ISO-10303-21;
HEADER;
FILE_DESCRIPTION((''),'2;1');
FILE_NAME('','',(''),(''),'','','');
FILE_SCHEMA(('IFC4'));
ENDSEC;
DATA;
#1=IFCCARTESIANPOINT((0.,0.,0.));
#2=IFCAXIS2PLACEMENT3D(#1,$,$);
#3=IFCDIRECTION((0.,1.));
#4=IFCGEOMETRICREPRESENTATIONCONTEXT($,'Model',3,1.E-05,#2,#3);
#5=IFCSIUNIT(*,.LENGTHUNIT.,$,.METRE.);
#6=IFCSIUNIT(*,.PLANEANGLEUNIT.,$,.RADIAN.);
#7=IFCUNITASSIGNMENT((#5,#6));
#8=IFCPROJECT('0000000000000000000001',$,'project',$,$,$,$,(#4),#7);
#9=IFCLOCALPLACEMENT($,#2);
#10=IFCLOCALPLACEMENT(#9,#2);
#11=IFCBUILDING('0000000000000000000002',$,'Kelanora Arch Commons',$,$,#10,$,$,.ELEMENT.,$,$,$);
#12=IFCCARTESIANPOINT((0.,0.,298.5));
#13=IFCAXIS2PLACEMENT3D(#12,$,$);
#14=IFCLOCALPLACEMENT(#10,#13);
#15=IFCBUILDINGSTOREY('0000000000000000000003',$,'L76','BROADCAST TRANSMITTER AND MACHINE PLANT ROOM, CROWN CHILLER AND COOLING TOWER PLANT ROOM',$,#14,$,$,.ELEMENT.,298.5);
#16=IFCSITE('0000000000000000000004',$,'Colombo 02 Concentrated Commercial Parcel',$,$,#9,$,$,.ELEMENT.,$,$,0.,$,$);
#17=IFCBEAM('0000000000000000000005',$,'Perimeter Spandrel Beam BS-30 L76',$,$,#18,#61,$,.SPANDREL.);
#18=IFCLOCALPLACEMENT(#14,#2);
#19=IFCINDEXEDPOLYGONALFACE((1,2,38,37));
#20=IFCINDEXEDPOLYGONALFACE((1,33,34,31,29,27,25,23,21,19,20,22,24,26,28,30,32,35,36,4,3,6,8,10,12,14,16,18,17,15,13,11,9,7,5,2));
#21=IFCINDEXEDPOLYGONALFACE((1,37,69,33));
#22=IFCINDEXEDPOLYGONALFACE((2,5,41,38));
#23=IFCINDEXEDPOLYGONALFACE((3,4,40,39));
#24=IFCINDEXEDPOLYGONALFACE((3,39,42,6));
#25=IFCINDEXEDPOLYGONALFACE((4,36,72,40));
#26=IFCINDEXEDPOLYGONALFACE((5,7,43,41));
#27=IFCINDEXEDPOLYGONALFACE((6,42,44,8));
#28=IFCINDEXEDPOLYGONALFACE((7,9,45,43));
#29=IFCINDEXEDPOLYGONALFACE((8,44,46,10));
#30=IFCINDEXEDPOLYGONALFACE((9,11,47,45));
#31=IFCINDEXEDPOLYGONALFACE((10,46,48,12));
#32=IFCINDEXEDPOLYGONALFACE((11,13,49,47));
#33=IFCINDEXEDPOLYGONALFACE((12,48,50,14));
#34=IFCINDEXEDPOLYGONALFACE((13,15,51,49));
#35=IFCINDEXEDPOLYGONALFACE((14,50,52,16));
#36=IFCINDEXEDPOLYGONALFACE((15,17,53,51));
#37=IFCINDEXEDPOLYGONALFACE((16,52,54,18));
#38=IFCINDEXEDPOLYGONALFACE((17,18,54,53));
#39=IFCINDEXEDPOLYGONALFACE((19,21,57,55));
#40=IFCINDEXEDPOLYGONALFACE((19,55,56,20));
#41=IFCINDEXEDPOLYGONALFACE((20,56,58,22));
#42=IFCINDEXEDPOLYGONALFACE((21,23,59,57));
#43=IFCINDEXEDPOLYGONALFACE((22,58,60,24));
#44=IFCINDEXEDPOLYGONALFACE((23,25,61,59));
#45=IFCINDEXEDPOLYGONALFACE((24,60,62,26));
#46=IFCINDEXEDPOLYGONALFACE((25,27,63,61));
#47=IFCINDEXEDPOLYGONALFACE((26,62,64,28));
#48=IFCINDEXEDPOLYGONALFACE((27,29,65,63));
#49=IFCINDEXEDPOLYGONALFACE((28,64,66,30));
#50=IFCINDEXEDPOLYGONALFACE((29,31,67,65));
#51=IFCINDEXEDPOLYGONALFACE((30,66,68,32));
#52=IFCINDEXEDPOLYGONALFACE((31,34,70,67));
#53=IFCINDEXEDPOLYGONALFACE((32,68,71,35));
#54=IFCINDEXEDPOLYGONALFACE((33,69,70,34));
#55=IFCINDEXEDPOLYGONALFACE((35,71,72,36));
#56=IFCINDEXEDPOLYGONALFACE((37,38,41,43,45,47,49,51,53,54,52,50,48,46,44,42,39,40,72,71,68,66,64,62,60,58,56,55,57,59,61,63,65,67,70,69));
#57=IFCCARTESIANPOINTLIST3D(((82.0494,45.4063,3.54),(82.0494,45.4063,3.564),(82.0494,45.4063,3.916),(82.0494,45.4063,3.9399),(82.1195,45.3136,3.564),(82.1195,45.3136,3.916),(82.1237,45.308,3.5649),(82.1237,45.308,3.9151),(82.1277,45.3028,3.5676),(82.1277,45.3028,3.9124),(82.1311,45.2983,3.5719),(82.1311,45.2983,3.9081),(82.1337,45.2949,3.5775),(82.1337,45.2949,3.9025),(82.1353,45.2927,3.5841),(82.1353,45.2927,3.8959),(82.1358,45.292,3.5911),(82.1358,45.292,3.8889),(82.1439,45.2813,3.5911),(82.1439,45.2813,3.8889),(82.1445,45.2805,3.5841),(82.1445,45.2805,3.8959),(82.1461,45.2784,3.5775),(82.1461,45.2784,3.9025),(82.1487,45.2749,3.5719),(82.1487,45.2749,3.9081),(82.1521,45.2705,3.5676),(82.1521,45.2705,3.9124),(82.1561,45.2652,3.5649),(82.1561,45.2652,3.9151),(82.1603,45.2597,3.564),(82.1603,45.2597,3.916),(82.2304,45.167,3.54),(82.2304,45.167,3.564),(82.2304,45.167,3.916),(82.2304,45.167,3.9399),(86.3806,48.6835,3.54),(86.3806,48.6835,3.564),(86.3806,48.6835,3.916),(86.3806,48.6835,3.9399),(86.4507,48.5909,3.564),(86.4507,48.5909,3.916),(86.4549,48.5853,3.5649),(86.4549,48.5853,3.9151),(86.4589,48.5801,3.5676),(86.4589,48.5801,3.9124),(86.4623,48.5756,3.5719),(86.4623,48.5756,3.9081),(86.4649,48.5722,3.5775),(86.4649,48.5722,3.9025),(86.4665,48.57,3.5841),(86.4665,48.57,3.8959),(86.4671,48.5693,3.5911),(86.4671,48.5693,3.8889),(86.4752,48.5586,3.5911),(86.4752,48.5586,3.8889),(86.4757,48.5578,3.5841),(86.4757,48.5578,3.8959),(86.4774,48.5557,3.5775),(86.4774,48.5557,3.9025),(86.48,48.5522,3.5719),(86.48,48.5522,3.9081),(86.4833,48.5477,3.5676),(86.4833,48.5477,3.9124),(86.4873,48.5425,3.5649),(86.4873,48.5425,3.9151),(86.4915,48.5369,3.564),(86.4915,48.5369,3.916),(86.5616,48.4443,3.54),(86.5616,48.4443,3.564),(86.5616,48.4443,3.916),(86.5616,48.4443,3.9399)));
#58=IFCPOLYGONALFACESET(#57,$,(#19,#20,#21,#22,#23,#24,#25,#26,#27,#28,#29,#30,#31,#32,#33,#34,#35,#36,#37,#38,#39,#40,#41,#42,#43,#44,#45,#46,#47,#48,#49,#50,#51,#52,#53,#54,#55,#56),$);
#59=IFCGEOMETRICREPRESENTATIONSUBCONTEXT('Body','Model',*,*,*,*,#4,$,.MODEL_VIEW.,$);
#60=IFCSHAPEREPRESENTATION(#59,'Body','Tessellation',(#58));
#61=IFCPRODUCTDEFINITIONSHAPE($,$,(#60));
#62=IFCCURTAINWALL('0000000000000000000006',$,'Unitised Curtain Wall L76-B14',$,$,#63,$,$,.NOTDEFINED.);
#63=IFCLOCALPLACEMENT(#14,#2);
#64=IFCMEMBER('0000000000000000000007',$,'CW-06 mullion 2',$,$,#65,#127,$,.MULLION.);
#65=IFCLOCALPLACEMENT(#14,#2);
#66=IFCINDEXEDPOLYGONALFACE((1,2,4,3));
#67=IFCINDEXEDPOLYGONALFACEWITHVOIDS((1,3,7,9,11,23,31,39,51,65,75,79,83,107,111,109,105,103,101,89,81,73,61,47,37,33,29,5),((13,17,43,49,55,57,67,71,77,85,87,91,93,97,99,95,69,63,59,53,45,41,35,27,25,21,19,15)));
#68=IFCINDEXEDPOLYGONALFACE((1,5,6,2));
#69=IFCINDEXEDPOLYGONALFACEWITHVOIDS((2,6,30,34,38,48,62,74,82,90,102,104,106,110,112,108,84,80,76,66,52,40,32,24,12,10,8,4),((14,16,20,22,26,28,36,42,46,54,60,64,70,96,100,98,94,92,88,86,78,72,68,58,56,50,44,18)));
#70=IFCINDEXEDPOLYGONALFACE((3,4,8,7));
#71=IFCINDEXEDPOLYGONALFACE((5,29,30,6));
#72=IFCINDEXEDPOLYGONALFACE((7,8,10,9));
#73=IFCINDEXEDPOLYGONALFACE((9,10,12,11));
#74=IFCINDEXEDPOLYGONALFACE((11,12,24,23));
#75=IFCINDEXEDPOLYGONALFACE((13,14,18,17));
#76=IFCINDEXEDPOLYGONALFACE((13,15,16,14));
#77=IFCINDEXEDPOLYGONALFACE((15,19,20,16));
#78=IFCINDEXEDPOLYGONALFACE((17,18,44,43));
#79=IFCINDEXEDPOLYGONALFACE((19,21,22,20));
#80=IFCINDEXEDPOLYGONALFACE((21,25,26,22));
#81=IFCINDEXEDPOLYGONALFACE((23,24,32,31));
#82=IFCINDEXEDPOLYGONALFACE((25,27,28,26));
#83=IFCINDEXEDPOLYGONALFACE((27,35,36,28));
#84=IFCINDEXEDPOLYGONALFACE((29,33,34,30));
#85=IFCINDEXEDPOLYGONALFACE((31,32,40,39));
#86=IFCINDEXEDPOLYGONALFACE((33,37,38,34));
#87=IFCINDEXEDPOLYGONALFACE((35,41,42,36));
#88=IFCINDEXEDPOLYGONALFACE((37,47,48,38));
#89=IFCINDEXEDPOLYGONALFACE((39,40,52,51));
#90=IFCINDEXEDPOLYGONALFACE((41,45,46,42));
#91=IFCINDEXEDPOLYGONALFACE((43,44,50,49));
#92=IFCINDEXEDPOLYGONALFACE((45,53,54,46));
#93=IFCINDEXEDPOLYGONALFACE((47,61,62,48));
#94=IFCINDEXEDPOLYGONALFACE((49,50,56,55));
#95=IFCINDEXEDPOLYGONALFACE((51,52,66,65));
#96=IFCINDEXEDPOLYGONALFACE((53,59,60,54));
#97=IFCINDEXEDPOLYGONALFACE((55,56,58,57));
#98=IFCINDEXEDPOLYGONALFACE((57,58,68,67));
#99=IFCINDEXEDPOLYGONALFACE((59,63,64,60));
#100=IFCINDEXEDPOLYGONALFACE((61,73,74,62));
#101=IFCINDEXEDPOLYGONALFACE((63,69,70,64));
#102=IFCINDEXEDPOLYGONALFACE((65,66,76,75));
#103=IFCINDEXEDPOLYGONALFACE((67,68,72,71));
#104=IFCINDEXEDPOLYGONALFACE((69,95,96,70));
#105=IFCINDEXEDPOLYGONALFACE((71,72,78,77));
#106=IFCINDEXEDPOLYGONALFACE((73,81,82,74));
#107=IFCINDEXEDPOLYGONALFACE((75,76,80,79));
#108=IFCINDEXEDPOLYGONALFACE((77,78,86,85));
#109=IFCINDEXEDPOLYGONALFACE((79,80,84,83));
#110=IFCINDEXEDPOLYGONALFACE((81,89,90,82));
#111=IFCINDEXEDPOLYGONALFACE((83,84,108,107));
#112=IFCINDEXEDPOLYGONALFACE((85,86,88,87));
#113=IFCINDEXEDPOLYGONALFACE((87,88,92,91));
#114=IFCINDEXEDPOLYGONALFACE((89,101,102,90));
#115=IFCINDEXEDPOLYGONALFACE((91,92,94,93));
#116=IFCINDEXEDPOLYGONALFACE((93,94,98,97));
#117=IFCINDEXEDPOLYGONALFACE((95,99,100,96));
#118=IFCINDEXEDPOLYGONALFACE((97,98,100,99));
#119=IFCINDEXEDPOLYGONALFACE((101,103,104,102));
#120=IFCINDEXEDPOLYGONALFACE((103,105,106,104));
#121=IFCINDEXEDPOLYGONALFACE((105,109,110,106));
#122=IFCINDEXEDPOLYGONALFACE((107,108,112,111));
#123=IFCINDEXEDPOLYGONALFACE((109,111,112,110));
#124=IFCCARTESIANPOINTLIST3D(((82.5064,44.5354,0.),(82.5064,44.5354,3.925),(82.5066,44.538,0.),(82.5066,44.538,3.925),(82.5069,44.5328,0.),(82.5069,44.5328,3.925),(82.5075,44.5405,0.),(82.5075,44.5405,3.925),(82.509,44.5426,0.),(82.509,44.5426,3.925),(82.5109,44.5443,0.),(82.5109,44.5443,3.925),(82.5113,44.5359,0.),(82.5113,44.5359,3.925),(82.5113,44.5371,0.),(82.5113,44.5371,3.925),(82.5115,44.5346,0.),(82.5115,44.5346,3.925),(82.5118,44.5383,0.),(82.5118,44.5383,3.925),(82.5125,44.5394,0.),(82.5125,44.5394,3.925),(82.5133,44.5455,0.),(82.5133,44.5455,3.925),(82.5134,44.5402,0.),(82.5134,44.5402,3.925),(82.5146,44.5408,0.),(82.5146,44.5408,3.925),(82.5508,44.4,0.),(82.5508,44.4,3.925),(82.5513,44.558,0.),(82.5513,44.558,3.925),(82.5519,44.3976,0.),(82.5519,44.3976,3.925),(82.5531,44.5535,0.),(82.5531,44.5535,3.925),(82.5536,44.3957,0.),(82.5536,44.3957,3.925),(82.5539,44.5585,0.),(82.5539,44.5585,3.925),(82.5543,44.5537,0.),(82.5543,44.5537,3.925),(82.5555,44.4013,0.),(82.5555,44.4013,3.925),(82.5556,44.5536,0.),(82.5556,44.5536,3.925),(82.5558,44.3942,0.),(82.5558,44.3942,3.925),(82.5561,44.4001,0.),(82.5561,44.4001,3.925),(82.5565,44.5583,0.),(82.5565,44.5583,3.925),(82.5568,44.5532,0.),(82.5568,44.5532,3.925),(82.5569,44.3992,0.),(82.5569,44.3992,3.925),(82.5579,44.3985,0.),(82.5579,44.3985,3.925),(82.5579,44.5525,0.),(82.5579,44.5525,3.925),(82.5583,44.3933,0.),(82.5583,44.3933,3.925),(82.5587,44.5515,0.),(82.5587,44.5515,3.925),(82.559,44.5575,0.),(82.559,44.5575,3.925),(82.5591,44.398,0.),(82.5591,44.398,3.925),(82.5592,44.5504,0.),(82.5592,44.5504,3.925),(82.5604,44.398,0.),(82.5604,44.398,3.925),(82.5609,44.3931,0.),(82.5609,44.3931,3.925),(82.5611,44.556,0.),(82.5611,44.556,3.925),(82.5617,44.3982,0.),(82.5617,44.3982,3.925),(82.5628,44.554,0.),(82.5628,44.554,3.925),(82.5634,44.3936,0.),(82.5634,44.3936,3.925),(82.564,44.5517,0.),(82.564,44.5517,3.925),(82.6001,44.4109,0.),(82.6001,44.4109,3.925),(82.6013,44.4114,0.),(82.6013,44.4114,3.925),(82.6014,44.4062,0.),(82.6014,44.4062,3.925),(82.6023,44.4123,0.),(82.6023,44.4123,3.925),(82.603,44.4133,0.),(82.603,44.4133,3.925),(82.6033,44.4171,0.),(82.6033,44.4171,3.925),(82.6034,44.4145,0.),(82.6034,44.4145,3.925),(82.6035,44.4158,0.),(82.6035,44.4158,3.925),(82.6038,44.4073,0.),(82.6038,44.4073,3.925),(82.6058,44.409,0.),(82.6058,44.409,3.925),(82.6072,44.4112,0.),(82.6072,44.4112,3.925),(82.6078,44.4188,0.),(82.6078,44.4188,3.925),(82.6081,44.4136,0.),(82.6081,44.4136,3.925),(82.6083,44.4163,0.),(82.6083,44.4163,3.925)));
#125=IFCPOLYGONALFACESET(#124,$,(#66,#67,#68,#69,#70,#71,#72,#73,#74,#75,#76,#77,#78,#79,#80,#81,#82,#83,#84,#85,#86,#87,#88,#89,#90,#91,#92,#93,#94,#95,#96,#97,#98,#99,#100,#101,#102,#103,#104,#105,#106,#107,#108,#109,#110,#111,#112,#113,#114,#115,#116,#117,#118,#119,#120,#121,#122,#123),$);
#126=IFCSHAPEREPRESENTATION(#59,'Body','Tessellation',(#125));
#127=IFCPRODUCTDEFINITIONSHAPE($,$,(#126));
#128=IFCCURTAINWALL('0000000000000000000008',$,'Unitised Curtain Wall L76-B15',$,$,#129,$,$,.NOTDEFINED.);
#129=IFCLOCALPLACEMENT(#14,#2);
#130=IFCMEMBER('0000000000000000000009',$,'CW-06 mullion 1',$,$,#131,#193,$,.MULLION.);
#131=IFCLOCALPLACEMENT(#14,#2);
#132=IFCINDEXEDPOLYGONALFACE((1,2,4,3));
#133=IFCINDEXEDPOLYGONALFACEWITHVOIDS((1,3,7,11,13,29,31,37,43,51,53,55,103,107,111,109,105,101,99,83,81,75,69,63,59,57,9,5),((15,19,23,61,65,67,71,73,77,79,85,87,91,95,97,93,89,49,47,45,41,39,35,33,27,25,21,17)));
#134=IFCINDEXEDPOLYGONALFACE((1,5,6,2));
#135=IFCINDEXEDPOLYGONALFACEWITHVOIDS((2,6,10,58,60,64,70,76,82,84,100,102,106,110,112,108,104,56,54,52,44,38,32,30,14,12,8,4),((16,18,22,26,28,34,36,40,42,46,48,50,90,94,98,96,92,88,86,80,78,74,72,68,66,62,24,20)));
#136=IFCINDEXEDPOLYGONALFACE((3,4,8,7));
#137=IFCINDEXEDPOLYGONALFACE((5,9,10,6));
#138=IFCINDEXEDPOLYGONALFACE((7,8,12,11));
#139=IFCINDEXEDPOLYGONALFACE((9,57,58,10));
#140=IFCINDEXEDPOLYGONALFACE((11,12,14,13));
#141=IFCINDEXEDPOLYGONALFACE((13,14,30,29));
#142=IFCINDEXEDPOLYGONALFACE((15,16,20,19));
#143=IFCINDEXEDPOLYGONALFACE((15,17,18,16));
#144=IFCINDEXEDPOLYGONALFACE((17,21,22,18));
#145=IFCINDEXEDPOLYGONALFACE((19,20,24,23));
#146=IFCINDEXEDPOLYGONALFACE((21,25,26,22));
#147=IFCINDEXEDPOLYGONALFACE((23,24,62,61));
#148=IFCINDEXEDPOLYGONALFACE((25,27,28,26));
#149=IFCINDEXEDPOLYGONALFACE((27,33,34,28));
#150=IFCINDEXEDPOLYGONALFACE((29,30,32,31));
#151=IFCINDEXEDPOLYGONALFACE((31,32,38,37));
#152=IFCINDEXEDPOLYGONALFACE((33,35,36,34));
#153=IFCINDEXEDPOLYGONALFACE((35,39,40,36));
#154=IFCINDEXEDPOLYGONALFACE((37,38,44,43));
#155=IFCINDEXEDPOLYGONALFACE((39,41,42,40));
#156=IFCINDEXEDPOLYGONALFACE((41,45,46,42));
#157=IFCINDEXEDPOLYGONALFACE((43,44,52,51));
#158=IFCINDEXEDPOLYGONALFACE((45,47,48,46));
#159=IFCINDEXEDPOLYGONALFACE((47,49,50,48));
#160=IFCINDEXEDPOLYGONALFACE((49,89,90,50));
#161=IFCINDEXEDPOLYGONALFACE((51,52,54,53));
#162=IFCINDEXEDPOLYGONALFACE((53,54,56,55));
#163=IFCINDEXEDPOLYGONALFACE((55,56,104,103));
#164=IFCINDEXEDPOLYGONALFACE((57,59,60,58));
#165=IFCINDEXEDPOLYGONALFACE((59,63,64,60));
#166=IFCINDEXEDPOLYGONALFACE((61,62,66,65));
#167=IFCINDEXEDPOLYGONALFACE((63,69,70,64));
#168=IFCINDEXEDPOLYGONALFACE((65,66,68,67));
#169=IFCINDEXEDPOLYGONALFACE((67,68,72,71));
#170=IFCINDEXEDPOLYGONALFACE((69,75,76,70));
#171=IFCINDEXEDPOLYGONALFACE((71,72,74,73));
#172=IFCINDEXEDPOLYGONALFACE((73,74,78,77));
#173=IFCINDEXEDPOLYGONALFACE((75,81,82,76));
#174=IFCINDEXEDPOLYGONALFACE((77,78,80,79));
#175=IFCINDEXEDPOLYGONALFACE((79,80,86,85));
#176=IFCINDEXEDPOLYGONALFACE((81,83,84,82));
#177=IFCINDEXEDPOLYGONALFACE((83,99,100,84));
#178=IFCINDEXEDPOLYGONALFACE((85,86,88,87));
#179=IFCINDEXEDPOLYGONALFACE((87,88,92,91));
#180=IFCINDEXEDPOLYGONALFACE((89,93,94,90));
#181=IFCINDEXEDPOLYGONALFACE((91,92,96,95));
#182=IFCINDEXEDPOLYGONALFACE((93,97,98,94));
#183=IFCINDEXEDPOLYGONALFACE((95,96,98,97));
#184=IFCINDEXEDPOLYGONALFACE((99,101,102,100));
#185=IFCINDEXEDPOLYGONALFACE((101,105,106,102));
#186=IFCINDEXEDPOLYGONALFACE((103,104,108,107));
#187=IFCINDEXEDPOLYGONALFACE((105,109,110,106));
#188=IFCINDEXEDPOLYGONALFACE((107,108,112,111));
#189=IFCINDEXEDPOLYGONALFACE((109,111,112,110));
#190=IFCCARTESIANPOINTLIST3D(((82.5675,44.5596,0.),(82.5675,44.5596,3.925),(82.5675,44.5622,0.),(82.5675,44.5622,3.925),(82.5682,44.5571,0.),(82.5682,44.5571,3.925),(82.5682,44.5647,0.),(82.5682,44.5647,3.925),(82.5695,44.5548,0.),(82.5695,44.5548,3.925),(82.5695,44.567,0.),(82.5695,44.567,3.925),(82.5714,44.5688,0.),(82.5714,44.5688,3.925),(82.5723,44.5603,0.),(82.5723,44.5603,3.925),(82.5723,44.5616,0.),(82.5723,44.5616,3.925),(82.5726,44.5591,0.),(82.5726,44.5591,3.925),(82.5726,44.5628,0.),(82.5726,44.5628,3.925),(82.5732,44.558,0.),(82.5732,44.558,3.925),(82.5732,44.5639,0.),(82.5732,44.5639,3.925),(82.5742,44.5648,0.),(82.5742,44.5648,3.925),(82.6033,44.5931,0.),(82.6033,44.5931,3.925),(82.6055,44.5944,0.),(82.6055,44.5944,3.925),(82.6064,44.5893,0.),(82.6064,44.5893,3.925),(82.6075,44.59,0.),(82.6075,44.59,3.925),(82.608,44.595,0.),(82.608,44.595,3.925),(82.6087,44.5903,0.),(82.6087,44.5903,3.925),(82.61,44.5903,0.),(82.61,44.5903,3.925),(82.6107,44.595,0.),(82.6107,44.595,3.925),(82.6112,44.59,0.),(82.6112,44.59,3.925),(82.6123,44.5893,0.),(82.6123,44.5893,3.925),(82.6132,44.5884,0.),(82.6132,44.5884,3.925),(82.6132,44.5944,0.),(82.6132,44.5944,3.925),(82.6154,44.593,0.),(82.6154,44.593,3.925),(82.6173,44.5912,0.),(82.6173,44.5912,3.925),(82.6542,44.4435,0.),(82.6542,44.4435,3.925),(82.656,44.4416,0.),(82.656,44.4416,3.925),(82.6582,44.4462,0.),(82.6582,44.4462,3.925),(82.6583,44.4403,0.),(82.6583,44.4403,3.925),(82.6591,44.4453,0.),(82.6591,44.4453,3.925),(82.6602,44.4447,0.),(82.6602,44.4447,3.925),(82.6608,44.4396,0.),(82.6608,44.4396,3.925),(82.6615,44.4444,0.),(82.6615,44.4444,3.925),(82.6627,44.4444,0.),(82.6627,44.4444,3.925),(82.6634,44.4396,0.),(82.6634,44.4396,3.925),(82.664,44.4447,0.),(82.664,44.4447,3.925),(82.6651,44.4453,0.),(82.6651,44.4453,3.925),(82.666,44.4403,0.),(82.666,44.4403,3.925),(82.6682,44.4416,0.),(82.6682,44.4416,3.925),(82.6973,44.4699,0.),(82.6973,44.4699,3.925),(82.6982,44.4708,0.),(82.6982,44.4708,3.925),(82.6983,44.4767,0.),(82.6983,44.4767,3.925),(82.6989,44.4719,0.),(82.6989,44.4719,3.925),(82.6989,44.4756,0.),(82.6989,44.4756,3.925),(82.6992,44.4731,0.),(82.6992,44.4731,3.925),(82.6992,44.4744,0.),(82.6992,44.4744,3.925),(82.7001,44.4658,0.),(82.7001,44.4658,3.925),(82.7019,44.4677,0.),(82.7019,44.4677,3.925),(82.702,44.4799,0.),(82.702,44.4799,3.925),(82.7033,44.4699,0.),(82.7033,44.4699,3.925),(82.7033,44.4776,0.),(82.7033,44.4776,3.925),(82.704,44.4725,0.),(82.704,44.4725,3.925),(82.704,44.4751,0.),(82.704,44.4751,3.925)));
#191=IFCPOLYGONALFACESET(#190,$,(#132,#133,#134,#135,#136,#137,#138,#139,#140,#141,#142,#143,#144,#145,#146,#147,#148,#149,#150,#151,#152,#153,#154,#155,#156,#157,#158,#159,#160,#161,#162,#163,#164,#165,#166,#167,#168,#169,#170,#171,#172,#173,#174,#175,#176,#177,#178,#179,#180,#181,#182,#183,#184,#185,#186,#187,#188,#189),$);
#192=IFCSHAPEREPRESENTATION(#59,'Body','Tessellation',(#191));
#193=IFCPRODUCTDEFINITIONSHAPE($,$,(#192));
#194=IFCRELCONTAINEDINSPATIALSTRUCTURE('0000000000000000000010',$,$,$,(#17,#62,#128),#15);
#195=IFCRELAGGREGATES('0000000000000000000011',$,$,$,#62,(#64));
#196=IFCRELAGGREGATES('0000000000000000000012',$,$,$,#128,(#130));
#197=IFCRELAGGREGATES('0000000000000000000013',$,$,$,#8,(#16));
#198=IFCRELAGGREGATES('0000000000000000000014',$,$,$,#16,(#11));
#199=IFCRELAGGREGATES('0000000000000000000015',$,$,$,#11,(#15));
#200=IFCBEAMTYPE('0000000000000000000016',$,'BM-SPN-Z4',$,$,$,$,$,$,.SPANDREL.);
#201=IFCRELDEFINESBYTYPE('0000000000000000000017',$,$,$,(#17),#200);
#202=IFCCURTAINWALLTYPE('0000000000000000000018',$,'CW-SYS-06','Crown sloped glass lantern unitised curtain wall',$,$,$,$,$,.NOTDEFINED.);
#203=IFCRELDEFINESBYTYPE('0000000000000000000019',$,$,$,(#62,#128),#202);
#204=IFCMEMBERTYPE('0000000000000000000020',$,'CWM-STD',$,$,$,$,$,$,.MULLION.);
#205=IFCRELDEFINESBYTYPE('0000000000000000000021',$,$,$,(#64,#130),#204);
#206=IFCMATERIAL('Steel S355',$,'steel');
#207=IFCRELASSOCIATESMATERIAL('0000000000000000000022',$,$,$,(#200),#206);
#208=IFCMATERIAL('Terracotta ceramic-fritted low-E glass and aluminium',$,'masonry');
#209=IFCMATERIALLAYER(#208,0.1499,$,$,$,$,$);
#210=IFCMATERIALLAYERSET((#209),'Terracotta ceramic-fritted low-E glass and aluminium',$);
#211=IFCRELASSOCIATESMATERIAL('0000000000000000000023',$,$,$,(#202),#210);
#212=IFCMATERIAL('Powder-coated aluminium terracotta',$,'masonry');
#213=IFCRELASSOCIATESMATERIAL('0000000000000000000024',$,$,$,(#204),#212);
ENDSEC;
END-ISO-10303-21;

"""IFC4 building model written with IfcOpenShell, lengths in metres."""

from ifc_helpers import new_model, si_unit, direction, frame, origin, origin_2d, place, context, subcontext, project, spatial, hollow_rectangle, i_section, extrude, material, layer, layer_set, material_profile, profile_set, type_object, element, aggregate, save


model = new_model("IFC4")

# Units and contexts
model_context = context("Model", 3, precision=1e-05, world=origin(), true_north=direction((0.0, 1.0)))
body_context = subcontext(model_context, "Body", "Model", "MODEL_VIEW")
ifc_project = project(units=[si_unit("LENGTHUNIT", "METRE"), si_unit("PLANEANGLEUNIT", "RADIAN")], contexts=[model_context])

# Site, building, storey
site_placement = place(None, origin())
site = spatial("IfcSite", under=ifc_project, at=site_placement, Name="Colombo 02 Concentrated Commercial Parcel", CompositionType="ELEMENT", RefElevation=0.0)
building_placement = place(site_placement, origin())
building = spatial("IfcBuilding", under=site, at=building_placement, Name="Kelanora Arch Commons", CompositionType="ELEMENT")
storey_placement = place(building_placement, frame((0.0, 0.0, 298.5)))
storey = spatial("IfcBuildingStorey", under=building, at=storey_placement, Name="L76", Description="BROADCAST TRANSMITTER AND MACHINE PLANT ROOM, CROWN CHILLER AND COOLING TOWER PLANT ROOM", CompositionType="ELEMENT", Elevation=298.5)

# Beam
ifc_material_1 = material(Name="Steel S355", Category="steel")
ifc_material_profile_1 = material_profile(ifc_material_1, i_section(OverallWidth=0.3, OverallDepth=0.3999, WebThickness=0.0134, FlangeThickness=0.0239, FilletRadius=0.0271, at=origin_2d()), Name="HEB400")
ifc_profile_set_1 = profile_set([ifc_material_profile_1], Name="Steel S355")
beam_type_1 = type_object("IfcBeamType", Name="BM-SPN-Z4", PredefinedType="SPANDREL", material=ifc_profile_set_1)
beam_1_placement = place(storey_placement, frame((82.1399, 45.2866, 3.74), z_axis=(0.797441, 0.603396, 0.0), x_axis=(-0.603396, 0.797441, 0.0)))
element("IfcBeam", 1, at=beam_1_placement, inside=storey, type_object=beam_type_1, Name="Perimeter Spandrel Beam BS-30 L76", PredefinedType="SPANDREL", context=body_context, shape_type="SweptSolid", body=[
    extrude(i_section(OverallWidth=0.3, OverallDepth=0.3999, WebThickness=0.0134, FlangeThickness=0.0239, FilletRadius=0.0271, at=origin_2d()), origin(), (0.0, 0.0, 1.0), 5.4314),
])

# Curtain wall, member
ifc_material_2 = material(Name="Terracotta ceramic-fritted low-E glass and aluminium", Category="masonry")
ifc_layer_1 = layer(ifc_material_2, 0.1499)
ifc_layer_set_1 = layer_set([ifc_layer_1], Name="Terracotta ceramic-fritted low-E glass and aluminium")
curtain_wall_type = type_object("IfcCurtainWallType", Name="CW-SYS-06", Description="Crown sloped glass lantern unitised curtain wall", PredefinedType="NOTDEFINED", material=ifc_layer_set_1)
curtain_wall_1_placement = place(storey_placement, origin())
curtain_wall_1 = element("IfcCurtainWall", 2, at=curtain_wall_1_placement, inside=storey, type_object=curtain_wall_type, Name="Unitised Curtain Wall L76-B14", PredefinedType="NOTDEFINED")
ifc_material_3 = material(Name="Powder-coated aluminium terracotta", Category="masonry")
ifc_material_profile_2 = material_profile(ifc_material_3, hollow_rectangle(XDim=0.1599, YDim=0.0601, WallThickness=0.0049, InnerFilletRadius=0.0049, OuterFilletRadius=0.01, at=origin_2d()), Name="CWM160x60")
ifc_profile_set_2 = profile_set([ifc_material_profile_2], Name="Powder-coated aluminium terracotta")
member_type_1 = type_object("IfcMemberType", Name="CWM-STD", PredefinedType="MULLION", material=ifc_profile_set_2)
member_1_placement = place(storey_placement, frame((82.5574, 44.4758, 0.0), z_axis=(0.0, 0.0, 1.0), x_axis=(-0.313467, 0.949599, 0.0)))
member_1 = element("IfcMember", 3, at=member_1_placement, type_object=member_type_1, Name="CW-06 mullion 2", PredefinedType="MULLION", context=body_context, shape_type="SweptSolid", body=[
    extrude(hollow_rectangle(XDim=0.1599, YDim=0.0601, WallThickness=0.0049, InnerFilletRadius=0.0049, OuterFilletRadius=0.01, at=origin_2d()), origin(), (0.0, 0.0, 1.0), 3.925),
])
aggregate(curtain_wall_1, [member_1])

# Curtain wall, member
curtain_wall_2_placement = place(storey_placement, origin())
curtain_wall_2 = element("IfcCurtainWall", 4, at=curtain_wall_2_placement, inside=storey, type_object=curtain_wall_type, Name="Unitised Curtain Wall L76-B15", PredefinedType="NOTDEFINED")
member_2_placement = place(storey_placement, frame((82.6357, 44.5173, 0.0), z_axis=(0.0, 0.0, 1.0), x_axis=(-0.605596, 0.795772, 0.0)))
member_2 = element("IfcMember", 5, at=member_2_placement, type_object=member_type_1, Name="CW-06 mullion 1", PredefinedType="MULLION", context=body_context, shape_type="SweptSolid", body=[
    extrude(hollow_rectangle(XDim=0.1599, YDim=0.0601, WallThickness=0.0049, InnerFilletRadius=0.0049, OuterFilletRadius=0.01, at=origin_2d()), origin(), (0.0, 0.0, 1.0), 3.925),
])

aggregate(curtain_wall_2, [member_2])

save(model, "model.ifc")
